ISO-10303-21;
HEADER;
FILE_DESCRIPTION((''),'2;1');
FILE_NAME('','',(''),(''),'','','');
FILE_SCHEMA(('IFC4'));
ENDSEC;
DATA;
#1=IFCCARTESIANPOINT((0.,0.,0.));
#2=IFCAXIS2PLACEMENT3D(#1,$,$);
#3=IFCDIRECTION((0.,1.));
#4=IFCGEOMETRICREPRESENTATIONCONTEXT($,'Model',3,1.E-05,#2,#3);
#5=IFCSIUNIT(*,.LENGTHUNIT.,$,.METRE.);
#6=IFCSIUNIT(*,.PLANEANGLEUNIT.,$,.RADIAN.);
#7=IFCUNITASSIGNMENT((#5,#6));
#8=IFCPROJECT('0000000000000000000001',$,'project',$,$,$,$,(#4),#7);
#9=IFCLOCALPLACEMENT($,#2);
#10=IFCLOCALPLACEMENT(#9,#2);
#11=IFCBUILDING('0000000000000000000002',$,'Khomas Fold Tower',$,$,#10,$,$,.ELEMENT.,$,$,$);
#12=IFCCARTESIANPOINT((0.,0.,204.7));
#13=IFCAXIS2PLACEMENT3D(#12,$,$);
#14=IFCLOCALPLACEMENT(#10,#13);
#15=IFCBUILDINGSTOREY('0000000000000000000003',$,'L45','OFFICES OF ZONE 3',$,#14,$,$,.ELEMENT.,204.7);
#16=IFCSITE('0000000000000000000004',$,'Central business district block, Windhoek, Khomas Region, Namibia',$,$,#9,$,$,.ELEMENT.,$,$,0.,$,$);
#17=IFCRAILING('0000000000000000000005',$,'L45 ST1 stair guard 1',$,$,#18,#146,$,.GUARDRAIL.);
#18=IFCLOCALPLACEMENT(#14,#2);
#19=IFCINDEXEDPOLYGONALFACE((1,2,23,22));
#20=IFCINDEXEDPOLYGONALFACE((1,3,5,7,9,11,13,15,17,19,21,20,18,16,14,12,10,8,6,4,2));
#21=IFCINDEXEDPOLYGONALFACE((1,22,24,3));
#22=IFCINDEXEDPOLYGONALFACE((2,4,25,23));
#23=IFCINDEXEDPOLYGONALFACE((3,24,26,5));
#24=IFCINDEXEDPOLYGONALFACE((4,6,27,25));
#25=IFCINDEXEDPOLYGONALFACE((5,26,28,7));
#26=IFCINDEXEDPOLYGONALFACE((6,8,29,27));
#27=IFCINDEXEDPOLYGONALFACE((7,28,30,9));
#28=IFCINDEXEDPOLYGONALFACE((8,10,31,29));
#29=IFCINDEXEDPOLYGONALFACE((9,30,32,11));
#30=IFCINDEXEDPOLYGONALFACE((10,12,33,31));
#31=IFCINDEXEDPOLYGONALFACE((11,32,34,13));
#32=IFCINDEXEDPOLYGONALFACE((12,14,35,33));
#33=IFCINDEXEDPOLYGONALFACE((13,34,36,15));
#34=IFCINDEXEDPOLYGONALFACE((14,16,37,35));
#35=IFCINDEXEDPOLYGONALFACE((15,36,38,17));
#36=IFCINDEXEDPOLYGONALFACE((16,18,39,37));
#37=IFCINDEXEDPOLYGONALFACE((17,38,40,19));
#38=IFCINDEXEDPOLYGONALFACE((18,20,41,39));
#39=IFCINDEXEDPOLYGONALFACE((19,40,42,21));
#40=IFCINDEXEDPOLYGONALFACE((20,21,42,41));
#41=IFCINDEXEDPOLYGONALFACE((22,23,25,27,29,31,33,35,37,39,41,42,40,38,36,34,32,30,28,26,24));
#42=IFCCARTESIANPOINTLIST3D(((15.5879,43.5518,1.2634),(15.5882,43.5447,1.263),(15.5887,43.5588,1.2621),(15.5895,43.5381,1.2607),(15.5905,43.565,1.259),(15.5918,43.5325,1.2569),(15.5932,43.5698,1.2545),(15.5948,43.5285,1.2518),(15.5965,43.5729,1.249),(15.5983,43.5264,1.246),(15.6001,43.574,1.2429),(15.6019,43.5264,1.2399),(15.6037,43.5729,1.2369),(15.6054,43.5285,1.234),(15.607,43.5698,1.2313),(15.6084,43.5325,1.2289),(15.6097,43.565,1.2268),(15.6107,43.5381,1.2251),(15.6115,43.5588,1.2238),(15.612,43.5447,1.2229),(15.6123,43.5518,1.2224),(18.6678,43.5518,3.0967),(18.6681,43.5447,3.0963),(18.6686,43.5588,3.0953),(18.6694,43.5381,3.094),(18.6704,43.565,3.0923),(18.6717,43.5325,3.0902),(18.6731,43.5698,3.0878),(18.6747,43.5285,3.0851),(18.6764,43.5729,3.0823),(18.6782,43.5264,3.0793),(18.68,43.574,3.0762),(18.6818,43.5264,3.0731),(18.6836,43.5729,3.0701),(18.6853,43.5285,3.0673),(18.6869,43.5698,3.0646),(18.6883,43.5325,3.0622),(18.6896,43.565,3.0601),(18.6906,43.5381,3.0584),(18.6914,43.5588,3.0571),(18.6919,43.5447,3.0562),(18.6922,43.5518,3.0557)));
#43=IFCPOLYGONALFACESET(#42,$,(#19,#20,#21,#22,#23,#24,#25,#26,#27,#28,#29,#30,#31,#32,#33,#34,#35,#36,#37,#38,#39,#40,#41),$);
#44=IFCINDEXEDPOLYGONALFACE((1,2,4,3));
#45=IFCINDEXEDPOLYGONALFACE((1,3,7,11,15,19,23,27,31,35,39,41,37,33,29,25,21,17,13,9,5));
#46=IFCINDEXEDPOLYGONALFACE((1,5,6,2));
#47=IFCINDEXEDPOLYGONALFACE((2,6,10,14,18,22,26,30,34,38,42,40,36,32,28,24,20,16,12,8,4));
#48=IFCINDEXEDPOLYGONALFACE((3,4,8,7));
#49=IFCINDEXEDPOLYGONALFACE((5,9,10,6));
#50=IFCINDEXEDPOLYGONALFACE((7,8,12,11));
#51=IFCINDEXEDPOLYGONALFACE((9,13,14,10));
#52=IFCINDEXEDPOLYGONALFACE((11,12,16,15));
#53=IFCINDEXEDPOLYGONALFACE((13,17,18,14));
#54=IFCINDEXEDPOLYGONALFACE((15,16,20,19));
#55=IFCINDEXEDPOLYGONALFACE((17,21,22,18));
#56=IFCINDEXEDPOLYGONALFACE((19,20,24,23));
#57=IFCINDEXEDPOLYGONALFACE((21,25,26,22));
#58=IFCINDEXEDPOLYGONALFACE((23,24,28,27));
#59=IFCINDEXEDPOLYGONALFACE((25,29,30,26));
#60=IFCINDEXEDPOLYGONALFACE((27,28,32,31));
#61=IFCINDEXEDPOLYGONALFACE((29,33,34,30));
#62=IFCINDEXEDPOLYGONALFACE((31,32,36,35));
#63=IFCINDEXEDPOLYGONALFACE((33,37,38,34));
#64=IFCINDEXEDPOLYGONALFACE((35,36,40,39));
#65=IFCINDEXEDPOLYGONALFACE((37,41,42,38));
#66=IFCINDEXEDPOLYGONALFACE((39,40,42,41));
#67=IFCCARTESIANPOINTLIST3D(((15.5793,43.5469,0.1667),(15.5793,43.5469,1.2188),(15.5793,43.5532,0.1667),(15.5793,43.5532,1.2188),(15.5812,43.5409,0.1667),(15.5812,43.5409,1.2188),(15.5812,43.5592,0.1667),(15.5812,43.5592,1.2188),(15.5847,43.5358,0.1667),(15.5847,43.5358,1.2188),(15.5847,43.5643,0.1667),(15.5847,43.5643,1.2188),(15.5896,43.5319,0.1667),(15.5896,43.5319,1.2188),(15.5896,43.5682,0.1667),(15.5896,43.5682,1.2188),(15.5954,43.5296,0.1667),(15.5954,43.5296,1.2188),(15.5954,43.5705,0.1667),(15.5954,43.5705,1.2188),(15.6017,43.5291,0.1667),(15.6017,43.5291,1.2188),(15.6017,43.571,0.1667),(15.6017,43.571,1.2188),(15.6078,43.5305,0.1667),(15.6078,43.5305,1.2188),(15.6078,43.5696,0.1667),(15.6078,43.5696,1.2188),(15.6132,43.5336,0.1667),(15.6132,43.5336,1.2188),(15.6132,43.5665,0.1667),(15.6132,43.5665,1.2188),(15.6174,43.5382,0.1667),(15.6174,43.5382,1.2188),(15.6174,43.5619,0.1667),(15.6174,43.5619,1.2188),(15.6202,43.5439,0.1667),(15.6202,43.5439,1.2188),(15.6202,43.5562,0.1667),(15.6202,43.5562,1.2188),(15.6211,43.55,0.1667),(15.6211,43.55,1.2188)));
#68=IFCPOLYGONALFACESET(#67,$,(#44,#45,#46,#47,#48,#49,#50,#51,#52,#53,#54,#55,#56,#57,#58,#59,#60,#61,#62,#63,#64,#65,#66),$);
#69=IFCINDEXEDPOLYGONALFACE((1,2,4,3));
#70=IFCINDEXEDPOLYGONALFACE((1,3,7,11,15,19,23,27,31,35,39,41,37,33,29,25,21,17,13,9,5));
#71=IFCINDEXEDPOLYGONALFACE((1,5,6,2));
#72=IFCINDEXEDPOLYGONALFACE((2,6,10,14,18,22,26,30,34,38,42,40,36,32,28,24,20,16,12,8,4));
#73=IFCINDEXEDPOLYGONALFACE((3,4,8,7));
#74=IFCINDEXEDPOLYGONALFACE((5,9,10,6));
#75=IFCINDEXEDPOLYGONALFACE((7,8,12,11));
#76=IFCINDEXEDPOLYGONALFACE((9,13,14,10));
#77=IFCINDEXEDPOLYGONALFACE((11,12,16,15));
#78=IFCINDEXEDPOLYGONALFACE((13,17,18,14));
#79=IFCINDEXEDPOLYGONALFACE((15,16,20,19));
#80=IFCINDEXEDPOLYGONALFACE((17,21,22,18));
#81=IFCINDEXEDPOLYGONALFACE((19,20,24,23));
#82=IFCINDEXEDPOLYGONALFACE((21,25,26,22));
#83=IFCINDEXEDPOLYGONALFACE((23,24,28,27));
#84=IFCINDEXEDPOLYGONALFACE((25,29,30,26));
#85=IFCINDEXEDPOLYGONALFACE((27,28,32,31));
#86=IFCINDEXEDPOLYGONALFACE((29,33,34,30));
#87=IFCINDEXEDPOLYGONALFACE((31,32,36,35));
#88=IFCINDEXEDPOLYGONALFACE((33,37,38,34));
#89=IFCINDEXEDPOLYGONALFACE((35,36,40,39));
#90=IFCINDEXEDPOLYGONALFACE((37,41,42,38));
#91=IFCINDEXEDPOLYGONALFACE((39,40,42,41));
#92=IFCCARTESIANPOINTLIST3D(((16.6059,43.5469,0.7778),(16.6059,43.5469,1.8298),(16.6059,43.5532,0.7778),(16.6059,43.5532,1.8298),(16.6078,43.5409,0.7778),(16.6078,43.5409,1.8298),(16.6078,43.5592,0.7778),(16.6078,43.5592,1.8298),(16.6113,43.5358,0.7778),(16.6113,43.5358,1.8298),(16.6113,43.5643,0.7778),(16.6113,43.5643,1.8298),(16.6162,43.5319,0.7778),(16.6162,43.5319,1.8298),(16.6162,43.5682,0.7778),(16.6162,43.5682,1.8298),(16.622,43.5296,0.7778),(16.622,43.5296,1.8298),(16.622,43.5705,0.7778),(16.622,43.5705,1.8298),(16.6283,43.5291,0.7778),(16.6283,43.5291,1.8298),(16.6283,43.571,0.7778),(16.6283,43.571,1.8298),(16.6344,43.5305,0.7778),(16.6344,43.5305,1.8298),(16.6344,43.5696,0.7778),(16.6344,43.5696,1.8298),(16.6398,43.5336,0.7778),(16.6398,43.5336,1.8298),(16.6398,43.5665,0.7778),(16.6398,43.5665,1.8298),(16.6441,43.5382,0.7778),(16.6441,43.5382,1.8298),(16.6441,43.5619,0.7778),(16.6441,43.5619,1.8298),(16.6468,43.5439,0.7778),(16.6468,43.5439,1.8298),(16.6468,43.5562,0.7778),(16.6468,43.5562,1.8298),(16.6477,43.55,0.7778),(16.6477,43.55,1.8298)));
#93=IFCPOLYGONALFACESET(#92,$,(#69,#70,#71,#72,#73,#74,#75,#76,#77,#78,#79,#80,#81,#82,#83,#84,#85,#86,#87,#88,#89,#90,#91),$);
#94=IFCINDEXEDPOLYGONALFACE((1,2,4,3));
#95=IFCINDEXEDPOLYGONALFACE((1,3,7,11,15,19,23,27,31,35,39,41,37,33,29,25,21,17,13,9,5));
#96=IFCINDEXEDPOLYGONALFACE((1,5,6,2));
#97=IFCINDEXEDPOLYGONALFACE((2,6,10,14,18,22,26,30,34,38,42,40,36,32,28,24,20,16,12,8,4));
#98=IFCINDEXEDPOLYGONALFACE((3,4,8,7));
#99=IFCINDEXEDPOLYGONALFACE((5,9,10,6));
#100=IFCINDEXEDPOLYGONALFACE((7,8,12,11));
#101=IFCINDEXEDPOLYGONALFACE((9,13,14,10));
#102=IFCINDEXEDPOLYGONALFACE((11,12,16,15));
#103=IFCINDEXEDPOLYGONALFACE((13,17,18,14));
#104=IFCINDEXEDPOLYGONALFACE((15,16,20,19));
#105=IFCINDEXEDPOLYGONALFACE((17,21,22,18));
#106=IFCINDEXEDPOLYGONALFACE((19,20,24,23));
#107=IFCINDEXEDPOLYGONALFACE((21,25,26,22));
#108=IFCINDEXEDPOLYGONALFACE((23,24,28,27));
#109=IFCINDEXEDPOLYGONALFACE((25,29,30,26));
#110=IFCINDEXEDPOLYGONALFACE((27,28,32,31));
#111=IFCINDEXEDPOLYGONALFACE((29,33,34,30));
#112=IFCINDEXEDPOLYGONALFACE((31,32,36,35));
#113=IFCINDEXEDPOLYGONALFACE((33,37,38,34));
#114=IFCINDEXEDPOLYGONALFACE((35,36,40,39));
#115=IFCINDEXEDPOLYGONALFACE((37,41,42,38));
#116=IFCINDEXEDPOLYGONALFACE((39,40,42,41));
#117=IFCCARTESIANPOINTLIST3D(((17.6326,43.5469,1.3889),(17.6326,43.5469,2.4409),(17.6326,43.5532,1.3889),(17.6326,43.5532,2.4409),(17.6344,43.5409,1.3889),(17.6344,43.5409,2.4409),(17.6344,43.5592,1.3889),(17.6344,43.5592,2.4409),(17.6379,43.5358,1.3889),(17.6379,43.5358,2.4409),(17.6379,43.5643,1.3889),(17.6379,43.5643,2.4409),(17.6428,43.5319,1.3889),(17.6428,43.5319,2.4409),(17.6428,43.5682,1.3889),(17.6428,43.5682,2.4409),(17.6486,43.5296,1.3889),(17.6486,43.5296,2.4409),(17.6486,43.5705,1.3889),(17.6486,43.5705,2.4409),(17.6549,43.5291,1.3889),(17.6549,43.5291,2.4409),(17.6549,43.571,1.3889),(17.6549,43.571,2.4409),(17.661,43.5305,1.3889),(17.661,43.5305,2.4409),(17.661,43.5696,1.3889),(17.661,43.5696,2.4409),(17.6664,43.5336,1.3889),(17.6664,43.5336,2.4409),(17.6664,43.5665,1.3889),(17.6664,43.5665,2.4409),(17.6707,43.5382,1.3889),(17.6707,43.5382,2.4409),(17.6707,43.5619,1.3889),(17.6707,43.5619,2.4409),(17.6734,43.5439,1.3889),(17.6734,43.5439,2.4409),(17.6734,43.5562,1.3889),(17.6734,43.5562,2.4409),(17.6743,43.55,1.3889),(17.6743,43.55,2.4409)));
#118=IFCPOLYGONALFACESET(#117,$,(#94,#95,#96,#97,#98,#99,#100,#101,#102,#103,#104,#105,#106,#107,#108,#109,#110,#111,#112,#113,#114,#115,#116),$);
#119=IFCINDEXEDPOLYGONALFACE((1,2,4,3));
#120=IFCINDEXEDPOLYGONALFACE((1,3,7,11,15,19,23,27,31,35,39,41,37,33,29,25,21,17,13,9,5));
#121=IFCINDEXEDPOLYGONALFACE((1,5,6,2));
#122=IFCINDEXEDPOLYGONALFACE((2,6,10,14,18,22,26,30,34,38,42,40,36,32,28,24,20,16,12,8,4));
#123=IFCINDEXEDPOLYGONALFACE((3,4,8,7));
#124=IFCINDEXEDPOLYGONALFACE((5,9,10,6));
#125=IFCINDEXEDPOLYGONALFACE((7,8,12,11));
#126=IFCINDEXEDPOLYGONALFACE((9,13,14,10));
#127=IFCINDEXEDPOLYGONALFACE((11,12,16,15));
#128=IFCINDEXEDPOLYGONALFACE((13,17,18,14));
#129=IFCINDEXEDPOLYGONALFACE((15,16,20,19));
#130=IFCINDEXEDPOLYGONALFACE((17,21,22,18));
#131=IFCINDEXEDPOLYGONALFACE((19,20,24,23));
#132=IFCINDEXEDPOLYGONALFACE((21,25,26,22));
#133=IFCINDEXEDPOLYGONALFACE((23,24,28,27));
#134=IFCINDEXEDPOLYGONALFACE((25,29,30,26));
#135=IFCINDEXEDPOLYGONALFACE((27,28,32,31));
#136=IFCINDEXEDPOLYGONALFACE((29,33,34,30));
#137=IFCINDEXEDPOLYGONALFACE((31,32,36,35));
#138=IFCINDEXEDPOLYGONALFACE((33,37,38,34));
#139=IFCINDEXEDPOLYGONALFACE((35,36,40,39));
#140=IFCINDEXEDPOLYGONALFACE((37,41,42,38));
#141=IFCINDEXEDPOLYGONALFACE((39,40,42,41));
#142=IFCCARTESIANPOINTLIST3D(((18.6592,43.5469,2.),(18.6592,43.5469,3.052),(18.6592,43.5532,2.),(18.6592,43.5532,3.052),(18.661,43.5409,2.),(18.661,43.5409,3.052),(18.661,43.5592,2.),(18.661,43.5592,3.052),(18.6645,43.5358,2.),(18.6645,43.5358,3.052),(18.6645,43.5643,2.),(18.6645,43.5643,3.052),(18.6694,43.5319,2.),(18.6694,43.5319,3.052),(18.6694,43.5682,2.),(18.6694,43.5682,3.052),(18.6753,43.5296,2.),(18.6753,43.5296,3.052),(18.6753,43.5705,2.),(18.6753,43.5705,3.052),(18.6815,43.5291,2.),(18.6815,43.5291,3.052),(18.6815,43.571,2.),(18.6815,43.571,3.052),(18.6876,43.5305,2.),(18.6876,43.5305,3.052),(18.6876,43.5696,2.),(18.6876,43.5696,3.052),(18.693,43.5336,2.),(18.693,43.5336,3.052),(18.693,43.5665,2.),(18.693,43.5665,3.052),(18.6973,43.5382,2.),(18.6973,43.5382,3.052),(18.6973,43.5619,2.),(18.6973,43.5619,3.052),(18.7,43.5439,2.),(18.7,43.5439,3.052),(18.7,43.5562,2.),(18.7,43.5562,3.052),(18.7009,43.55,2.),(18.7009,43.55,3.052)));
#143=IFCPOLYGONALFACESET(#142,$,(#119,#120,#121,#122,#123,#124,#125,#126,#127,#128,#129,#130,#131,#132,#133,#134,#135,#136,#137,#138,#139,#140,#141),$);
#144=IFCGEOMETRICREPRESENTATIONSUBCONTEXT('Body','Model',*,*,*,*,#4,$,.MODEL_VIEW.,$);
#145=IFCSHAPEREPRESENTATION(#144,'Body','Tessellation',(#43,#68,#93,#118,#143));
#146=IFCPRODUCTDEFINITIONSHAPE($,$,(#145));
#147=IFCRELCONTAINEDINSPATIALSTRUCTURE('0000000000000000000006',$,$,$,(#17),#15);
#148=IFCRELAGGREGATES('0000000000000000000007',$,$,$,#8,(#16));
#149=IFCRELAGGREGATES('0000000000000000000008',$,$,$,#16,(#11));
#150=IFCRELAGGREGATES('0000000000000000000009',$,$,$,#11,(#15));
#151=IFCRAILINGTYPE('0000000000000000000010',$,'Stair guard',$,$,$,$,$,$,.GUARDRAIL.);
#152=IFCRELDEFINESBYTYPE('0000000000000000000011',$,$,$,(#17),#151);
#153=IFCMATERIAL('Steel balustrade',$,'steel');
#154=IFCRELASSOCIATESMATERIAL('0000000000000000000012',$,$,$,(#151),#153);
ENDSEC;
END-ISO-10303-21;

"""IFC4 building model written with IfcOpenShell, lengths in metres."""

from ifc_helpers import new_model, si_unit, direction, frame, origin, origin_2d, place, context, subcontext, project, spatial, circle, extrude, source, transform, mapped, material, type_object, element, save


model = new_model("IFC4")

# Units and contexts
model_context = context("Model", 3, precision=1e-05, world=origin(), true_north=direction((0.0, 1.0)))
body_context = subcontext(model_context, "Body", "Model", "MODEL_VIEW")
ifc_project = project(units=[si_unit("LENGTHUNIT", "METRE"), si_unit("PLANEANGLEUNIT", "RADIAN")], contexts=[model_context])

# Site, building, storey
site_placement = place(None, origin())
site = spatial("IfcSite", under=ifc_project, at=site_placement, Name="Central business district block, Windhoek, Khomas Region, Namibia", CompositionType="ELEMENT", RefElevation=0.0)
building_placement = place(site_placement, origin())
building = spatial("IfcBuilding", under=site, at=building_placement, Name="Khomas Fold Tower", CompositionType="ELEMENT")
storey_placement = place(building_placement, frame((0.0, 0.0, 204.7)))
storey = spatial("IfcBuildingStorey", under=building, at=storey_placement, Name="L45", Description="OFFICES OF ZONE 3", CompositionType="ELEMENT", Elevation=204.7)

# Railing
ifc_material_1 = material(Name="Steel balustrade", Category="steel")
railing_type_1 = type_object("IfcRailingType", Name="Stair guard", PredefinedType="GUARDRAIL", material=ifc_material_1)
shared_shape_1 = source(origin(), body_context, "Body", "SweptSolid", [
    extrude(circle(Radius=0.0239, at=origin_2d()), frame((0.0, 0.0, 1.0762), z_axis=(0.859291, 0.0, 0.511487), x_axis=(0.0, 1.0, 0.0)), (0.0, 0.0, 1.0), 3.5842),
    extrude(circle(Radius=0.021, at=origin_2d()), origin(), (0.0, 0.0, 1.0), 1.052),
    extrude(circle(Radius=0.021, at=origin_2d()), frame((1.0266, 0.0, 0.6111)), (0.0, 0.0, 1.0), 1.052),
    extrude(circle(Radius=0.021, at=origin_2d()), frame((2.0532, 0.0, 1.2222)), (0.0, 0.0, 1.0), 1.052),
    extrude(circle(Radius=0.021, at=origin_2d()), frame((3.0798, 0.0, 1.8333)), (0.0, 0.0, 1.0), 1.052),
])
railing_1_placement = place(storey_placement, frame((15.6001, 43.55, 0.1667)))
element("IfcRailing", 1, at=railing_1_placement, inside=storey, type_object=railing_type_1, Name="L45 ST1 stair guard 1", PredefinedType="GUARDRAIL", context=body_context, shape_type="MappedRepresentation", body=[
    mapped(shared_shape_1, transform((0.0, 0.0, 0.0))),
])

save(model, "model.ifc")
